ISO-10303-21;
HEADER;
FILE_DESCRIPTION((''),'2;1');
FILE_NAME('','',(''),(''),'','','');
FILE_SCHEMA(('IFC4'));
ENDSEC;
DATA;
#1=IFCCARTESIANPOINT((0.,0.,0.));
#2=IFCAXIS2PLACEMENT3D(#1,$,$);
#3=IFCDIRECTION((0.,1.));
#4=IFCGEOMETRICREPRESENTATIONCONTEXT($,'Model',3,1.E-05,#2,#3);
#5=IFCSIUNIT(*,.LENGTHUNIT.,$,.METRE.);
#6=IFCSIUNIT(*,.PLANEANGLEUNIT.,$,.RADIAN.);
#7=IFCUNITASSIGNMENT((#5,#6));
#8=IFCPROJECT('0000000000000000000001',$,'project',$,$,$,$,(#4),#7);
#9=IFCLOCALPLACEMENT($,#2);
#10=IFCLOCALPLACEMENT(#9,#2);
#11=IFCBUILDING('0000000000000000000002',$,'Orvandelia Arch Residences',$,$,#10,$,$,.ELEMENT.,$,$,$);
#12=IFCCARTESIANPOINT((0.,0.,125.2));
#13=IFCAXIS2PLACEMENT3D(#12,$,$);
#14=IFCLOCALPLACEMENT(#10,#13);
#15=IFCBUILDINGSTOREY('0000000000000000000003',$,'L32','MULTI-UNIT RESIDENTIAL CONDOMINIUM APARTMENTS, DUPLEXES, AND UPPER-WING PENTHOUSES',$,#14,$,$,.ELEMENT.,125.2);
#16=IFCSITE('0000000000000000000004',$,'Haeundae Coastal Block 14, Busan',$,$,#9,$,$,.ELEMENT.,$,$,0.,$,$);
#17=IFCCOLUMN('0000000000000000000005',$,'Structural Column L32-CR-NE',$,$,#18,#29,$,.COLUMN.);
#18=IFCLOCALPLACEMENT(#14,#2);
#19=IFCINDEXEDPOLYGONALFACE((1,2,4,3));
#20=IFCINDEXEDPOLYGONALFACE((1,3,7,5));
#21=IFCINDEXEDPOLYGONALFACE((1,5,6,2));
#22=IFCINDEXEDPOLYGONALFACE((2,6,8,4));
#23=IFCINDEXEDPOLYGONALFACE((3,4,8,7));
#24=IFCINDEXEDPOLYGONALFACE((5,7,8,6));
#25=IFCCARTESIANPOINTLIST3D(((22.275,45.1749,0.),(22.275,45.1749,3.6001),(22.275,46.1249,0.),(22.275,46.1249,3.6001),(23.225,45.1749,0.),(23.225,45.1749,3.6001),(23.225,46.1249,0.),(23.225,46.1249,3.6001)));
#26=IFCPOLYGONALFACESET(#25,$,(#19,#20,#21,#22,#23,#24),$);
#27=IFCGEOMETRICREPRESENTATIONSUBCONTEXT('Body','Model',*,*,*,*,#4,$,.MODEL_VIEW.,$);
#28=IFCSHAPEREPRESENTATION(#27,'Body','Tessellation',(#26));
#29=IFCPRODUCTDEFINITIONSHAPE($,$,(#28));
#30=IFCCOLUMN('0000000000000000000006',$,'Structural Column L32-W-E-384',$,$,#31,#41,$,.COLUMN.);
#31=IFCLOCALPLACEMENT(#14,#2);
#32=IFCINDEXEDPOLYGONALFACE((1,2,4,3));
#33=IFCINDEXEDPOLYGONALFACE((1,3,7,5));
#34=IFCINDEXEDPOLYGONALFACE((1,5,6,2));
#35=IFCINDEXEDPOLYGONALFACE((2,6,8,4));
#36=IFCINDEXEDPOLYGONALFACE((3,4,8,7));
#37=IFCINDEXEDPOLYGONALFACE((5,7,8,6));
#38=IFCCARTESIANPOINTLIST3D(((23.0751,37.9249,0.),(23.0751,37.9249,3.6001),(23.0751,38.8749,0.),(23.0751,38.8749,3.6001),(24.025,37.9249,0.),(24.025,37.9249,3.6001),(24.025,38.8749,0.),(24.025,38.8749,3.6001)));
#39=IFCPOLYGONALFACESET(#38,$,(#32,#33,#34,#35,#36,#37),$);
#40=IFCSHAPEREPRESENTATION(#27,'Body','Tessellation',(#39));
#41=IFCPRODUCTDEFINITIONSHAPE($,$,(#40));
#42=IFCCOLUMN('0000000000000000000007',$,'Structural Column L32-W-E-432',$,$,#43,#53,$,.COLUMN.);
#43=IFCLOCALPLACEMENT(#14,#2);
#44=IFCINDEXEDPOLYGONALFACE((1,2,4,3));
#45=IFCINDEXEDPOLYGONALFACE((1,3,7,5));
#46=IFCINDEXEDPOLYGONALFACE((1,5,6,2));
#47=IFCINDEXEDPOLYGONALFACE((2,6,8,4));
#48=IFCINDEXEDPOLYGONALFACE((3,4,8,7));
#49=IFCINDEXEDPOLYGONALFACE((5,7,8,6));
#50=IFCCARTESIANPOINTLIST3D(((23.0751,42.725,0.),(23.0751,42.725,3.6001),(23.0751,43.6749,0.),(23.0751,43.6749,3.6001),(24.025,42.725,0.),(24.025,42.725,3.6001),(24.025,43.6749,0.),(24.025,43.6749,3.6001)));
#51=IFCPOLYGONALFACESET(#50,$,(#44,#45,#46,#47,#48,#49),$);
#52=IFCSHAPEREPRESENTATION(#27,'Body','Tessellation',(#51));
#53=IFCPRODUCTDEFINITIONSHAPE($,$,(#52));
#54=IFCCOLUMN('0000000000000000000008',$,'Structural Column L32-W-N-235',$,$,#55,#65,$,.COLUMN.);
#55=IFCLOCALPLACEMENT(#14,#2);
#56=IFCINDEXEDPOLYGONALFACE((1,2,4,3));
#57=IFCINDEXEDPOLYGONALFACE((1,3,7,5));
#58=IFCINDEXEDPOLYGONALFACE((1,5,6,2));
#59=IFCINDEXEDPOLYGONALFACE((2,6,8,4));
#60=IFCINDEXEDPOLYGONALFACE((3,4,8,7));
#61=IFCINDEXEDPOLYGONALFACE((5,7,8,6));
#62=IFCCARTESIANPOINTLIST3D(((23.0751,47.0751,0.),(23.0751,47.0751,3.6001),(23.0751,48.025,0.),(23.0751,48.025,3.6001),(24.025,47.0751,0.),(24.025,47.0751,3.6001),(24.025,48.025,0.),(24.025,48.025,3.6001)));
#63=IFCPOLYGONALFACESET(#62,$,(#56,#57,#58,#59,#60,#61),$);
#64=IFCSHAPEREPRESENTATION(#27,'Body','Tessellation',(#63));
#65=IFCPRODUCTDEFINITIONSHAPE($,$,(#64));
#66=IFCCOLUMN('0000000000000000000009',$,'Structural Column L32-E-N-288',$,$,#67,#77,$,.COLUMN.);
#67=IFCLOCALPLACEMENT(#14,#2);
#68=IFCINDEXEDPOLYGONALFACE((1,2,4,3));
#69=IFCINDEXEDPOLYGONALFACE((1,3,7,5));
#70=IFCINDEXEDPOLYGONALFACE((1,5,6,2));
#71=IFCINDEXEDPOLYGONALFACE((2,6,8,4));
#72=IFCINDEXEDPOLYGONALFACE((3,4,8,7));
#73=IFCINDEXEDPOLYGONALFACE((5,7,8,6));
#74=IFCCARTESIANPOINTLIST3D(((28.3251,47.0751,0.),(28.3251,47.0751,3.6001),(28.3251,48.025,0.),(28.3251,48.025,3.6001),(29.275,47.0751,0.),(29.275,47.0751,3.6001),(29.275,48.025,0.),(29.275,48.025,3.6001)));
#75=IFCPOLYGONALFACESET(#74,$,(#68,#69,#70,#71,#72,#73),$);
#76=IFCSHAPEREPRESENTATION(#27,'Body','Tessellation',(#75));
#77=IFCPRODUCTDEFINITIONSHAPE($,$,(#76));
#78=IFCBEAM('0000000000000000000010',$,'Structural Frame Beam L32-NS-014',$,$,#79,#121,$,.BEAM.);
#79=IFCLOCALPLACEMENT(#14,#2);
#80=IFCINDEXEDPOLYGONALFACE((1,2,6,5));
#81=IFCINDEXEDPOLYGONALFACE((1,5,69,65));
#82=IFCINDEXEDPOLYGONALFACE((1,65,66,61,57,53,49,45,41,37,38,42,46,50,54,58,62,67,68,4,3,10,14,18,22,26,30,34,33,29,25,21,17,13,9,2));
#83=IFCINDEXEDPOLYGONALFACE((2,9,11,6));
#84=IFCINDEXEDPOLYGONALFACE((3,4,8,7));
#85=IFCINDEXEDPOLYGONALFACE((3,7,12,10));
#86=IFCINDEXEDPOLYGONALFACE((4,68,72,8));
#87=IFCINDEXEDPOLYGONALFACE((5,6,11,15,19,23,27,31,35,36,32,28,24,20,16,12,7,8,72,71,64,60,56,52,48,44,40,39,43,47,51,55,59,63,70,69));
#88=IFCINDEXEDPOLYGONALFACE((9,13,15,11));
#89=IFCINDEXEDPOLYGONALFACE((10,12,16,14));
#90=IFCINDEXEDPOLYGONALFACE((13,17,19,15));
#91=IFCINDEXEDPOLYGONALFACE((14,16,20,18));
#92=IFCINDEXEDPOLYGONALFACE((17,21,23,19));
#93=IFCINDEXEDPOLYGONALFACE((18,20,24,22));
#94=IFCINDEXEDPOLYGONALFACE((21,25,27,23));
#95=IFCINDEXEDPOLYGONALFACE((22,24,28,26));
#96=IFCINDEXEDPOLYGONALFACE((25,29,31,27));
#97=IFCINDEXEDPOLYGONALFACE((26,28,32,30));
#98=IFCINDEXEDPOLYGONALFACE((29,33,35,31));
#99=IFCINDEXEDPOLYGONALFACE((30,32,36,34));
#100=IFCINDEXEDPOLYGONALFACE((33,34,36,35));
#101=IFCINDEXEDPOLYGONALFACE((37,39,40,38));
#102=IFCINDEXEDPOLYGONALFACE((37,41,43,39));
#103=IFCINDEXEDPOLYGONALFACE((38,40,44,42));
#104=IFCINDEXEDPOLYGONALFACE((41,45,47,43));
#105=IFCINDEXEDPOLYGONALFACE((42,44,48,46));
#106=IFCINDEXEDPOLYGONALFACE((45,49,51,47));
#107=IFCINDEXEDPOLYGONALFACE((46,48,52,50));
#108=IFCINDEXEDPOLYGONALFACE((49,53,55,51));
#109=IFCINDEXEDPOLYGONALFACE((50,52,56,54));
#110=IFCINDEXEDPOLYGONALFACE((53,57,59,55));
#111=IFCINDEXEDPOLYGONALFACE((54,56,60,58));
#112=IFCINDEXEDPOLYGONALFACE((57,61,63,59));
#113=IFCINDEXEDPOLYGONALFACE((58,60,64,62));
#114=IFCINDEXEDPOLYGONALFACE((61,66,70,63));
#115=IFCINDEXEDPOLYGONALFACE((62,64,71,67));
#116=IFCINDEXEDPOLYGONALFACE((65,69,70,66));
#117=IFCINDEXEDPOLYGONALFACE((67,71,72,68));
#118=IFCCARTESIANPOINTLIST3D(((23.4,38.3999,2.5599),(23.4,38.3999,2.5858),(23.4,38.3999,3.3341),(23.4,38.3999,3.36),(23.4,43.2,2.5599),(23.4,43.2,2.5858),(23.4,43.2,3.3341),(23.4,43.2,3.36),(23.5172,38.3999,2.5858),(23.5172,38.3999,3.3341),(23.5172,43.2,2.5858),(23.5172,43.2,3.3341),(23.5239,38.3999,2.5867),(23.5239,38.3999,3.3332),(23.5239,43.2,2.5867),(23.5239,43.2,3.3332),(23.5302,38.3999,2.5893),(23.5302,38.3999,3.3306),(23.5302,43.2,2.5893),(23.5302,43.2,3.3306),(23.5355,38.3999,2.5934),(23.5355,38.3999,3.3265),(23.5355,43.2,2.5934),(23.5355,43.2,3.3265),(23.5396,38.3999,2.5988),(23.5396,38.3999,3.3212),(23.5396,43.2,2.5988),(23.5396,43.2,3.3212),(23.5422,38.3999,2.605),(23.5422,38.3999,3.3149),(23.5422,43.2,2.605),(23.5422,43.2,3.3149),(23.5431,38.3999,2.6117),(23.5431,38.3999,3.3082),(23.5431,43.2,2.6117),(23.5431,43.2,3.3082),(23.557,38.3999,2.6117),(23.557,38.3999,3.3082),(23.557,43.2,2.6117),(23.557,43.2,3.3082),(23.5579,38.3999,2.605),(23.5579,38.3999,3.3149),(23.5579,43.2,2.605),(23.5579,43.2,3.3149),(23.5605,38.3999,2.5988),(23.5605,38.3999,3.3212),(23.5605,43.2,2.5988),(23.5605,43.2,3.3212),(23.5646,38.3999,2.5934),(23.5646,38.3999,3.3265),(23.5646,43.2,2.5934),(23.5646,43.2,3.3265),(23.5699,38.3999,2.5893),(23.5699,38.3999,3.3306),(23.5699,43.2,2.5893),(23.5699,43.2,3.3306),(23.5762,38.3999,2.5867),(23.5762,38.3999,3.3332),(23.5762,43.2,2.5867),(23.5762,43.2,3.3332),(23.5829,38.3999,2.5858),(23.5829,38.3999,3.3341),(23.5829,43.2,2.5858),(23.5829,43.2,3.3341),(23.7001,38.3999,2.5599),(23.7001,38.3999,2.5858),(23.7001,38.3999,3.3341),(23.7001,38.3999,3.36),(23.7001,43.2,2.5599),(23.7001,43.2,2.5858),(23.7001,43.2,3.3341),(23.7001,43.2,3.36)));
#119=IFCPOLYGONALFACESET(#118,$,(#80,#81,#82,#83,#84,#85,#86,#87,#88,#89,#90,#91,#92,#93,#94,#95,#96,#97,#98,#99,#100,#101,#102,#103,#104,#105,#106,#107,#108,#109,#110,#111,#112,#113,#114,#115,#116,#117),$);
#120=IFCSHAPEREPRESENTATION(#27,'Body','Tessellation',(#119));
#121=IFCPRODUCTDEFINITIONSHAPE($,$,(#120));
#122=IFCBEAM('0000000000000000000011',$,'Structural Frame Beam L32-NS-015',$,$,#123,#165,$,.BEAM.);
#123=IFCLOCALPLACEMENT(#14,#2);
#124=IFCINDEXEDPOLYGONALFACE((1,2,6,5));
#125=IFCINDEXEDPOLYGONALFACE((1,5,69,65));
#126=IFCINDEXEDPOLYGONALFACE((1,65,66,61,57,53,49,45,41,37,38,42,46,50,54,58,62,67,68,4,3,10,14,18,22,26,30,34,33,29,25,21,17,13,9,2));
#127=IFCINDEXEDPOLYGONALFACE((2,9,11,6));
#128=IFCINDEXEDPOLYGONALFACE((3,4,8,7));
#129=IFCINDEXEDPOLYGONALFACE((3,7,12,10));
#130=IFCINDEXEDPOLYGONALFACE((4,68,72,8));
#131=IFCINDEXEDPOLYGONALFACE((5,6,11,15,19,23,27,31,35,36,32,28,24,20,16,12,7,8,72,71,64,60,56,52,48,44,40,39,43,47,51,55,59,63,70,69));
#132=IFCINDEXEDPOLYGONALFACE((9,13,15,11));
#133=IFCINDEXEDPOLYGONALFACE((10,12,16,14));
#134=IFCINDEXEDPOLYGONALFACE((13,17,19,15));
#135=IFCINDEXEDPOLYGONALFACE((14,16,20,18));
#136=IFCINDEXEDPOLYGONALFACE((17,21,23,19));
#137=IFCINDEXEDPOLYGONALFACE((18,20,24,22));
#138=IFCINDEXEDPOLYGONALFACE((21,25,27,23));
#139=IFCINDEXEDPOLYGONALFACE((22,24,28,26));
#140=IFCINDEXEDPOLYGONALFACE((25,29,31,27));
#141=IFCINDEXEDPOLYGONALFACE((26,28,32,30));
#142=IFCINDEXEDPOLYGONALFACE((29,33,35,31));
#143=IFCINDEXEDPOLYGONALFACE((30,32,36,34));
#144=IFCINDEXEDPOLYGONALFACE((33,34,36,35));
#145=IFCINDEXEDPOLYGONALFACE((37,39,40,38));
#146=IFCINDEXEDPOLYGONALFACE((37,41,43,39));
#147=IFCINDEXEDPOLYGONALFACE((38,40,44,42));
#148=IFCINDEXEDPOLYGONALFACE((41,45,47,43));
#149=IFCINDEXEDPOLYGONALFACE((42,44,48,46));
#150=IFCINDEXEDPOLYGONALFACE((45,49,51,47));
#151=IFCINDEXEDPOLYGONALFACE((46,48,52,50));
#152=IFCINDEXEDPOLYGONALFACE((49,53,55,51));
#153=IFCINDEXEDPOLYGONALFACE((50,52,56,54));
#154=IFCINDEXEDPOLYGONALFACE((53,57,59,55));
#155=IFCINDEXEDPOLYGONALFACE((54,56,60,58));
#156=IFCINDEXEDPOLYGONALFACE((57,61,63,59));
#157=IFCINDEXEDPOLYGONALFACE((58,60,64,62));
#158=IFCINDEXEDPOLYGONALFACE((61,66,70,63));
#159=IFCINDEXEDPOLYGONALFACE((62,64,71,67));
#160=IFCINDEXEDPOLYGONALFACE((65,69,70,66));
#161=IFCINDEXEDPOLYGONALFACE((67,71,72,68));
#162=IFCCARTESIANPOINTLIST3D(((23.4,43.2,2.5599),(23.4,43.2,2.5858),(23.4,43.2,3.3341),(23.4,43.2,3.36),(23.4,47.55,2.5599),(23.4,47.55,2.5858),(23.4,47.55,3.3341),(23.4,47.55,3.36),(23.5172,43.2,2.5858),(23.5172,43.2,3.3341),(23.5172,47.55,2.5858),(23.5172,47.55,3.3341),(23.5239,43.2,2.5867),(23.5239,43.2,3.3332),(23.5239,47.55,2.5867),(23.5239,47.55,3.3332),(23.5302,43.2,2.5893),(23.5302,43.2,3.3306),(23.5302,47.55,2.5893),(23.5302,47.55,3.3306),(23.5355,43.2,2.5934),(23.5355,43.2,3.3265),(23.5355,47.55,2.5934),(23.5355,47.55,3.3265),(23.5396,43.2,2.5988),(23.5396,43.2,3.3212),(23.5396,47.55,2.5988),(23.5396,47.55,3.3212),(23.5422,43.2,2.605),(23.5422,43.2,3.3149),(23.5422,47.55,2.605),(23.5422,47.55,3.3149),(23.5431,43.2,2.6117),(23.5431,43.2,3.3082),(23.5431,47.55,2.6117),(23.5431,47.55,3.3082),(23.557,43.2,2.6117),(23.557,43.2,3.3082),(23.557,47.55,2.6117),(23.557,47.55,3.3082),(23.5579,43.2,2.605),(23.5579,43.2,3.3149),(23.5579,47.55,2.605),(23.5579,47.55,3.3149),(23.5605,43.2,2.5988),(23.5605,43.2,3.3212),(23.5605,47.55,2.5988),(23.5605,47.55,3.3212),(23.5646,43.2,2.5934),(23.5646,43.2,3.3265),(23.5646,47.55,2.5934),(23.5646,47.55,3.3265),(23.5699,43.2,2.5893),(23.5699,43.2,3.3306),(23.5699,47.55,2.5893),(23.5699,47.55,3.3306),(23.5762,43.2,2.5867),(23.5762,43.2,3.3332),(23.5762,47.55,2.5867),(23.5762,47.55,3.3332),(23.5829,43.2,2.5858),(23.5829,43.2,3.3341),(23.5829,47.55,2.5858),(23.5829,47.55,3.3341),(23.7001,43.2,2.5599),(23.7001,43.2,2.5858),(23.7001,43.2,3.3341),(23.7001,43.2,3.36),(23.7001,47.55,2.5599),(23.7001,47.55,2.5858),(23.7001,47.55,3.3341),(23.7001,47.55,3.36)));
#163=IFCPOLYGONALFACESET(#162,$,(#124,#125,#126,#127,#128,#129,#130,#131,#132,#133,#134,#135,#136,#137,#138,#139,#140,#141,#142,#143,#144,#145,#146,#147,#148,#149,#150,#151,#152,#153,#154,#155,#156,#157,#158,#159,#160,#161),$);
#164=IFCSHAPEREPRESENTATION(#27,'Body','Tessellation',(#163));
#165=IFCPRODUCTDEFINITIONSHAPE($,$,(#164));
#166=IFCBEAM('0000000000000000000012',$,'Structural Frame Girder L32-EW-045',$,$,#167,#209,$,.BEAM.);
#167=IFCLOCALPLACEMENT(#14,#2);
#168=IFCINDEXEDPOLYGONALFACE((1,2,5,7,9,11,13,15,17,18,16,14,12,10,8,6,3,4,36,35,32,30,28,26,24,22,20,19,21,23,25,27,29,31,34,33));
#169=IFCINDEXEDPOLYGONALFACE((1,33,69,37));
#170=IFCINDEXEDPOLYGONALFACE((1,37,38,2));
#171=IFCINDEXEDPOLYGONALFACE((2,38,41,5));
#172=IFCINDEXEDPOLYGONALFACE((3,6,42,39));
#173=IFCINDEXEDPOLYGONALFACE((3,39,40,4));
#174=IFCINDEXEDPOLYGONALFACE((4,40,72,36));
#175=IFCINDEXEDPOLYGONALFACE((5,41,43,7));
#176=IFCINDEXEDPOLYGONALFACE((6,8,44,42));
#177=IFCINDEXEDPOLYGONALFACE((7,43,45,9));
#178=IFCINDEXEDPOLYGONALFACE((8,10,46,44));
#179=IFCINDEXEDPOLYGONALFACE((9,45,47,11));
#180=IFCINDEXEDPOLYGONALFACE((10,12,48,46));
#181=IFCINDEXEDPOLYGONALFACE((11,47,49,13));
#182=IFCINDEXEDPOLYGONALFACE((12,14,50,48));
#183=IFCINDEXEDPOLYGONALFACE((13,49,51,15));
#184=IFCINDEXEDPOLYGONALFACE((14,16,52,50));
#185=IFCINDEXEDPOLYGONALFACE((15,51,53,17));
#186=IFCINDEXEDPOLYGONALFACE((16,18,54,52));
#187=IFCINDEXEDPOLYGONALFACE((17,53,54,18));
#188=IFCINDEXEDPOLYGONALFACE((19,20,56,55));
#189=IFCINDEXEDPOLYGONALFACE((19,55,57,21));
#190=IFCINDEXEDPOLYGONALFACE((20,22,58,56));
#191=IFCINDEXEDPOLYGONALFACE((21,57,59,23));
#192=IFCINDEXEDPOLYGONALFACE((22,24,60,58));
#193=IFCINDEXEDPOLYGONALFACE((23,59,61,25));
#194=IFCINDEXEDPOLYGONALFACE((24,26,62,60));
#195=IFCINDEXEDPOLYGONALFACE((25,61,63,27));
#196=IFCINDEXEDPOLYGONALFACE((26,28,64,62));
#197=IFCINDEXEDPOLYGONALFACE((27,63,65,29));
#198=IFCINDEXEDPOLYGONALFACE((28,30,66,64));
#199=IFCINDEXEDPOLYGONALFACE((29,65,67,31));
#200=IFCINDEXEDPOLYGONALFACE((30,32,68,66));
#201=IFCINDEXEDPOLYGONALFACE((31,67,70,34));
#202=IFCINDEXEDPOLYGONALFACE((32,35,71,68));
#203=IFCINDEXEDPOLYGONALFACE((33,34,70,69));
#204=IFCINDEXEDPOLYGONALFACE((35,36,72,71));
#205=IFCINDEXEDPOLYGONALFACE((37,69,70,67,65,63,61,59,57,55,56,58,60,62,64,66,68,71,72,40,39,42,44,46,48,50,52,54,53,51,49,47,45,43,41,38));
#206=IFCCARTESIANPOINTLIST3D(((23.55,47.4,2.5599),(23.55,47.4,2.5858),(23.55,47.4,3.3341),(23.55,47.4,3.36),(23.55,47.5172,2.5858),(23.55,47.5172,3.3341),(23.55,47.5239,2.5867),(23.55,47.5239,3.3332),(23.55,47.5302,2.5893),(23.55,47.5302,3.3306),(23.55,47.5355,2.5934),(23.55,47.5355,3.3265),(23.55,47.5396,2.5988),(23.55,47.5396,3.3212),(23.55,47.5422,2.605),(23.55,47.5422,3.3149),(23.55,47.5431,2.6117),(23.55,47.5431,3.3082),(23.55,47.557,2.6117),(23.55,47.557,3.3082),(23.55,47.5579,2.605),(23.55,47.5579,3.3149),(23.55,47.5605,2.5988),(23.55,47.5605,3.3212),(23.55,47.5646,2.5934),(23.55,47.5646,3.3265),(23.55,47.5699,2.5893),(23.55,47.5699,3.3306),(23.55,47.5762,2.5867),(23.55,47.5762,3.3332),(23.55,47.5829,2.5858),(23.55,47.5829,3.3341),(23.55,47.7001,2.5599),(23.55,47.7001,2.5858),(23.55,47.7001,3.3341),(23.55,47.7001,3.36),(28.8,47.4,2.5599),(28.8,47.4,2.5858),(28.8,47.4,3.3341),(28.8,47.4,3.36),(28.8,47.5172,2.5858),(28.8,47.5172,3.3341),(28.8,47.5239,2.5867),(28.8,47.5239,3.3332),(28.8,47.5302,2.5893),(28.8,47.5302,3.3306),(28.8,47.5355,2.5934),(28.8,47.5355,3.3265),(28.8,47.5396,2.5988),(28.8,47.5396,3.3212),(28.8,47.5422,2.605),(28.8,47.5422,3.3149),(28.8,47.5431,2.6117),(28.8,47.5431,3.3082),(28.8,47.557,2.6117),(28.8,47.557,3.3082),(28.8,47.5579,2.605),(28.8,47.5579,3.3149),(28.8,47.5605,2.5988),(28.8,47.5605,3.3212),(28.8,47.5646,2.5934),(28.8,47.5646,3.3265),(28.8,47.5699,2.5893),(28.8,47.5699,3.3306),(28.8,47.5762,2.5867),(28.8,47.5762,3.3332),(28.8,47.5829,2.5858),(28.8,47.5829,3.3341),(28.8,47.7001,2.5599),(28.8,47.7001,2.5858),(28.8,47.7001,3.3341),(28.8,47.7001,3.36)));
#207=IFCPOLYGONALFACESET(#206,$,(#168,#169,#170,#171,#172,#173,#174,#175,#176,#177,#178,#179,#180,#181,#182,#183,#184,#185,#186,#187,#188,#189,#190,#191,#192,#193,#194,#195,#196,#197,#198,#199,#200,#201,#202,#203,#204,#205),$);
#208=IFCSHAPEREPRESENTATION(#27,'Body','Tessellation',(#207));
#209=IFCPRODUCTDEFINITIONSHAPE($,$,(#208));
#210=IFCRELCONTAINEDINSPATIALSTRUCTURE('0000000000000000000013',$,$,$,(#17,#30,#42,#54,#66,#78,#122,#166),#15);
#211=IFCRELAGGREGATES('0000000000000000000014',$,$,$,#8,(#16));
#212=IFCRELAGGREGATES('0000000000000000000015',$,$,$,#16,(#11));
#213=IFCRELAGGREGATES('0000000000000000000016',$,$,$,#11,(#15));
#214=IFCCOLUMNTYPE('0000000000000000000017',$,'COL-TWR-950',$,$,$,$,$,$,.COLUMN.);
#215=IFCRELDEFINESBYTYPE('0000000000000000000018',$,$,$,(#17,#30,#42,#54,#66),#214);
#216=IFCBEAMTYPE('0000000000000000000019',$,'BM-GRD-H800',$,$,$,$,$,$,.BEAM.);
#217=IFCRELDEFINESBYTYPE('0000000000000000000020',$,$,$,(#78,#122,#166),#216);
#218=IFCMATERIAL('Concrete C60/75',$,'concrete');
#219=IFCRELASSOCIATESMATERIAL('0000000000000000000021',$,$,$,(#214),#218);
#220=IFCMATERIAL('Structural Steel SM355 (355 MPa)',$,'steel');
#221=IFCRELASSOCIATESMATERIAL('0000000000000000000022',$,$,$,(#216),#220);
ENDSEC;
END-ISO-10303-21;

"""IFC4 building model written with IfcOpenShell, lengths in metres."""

from ifc_helpers import new_model, si_unit, direction, frame, origin, origin_2d, place, context, subcontext, project, spatial, rectangle, i_section, extrude, material, material_profile, profile_set, type_object, element, save


model = new_model("IFC4")

# Units and contexts
model_context = context("Model", 3, precision=1e-05, world=origin(), true_north=direction((0.0, 1.0)))
body_context = subcontext(model_context, "Body", "Model", "MODEL_VIEW")
ifc_project = project(units=[si_unit("LENGTHUNIT", "METRE"), si_unit("PLANEANGLEUNIT", "RADIAN")], contexts=[model_context])

# Site, building, storey
site_placement = place(None, origin())
site = spatial("IfcSite", under=ifc_project, at=site_placement, Name="Haeundae Coastal Block 14, Busan", CompositionType="ELEMENT", RefElevation=0.0)
building_placement = place(site_placement, origin())
building = spatial("IfcBuilding", under=site, at=building_placement, Name="Orvandelia Arch Residences", CompositionType="ELEMENT")
storey_placement = place(building_placement, frame((0.0, 0.0, 125.2)))
storey = spatial("IfcBuildingStorey", under=building, at=storey_placement, Name="L32", Description="MULTI-UNIT RESIDENTIAL CONDOMINIUM APARTMENTS, DUPLEXES, AND UPPER-WING PENTHOUSES", CompositionType="ELEMENT", Elevation=125.2)

# Columns
ifc_material_1 = material(Name="Concrete C60/75", Category="concrete")
ifc_material_profile_1 = material_profile(ifc_material_1, rectangle(XDim=0.95, YDim=0.95, at=origin_2d()), Name="Concrete C60/75", Category="concrete")
ifc_profile_set_1 = profile_set([ifc_material_profile_1], Name="Concrete C60/75")
column_type = type_object("IfcColumnType", Name="COL-TWR-950", PredefinedType="COLUMN", material=ifc_profile_set_1)
for number, where, z_axis, x_axis, name in (
    (1, (22.75, 45.6499, 0.0), (0.0, 0.0, 1.0), (1.0, 0.0, 0.0), "Structural Column L32-CR-NE"),
    (2, (23.55, 38.3999, 0.0), (0.0, 0.0, 1.0), (1.0, 0.0, 0.0), "Structural Column L32-W-E-384"),
    (3, (23.55, 43.2, 0.0), (0.0, 0.0, 1.0), (1.0, 0.0, 0.0), "Structural Column L32-W-E-432"),
    (4, (23.55, 47.55, 0.0), (0.0, 0.0, 1.0), (1.0, 0.0, 0.0), "Structural Column L32-W-N-235"),
    (5, (28.8, 47.55, 0.0), (0.0, 0.0, 1.0), (1.0, 0.0, 0.0), "Structural Column L32-E-N-288"),
):
    element("IfcColumn", number, at=place(storey_placement, frame(where, z_axis=z_axis, x_axis=x_axis)), inside=storey, type_object=column_type, Name=name, PredefinedType="COLUMN", context=body_context, shape_type="SweptSolid", body=[
        extrude(rectangle(XDim=0.95, YDim=0.95, at=origin_2d()), origin(), (0.0, 0.0, 1.0), 3.6001),
    ])

# Beams
ifc_material_2 = material(Name="Structural Steel SM355 (355 MPa)", Category="steel")
ifc_material_profile_2 = material_profile(ifc_material_2, i_section(OverallWidth=0.3, OverallDepth=0.8, WebThickness=0.0139, FlangeThickness=0.0259, FilletRadius=0.0259, at=origin_2d()), Name="Structural Steel SM355 (355 MPa)", Category="steel")
ifc_profile_set_2 = profile_set([ifc_material_profile_2], Name="Structural Steel SM355 (355 MPa)")
beam_type = type_object("IfcBeamType", Name="BM-GRD-H800", PredefinedType="BEAM", material=ifc_profile_set_2)
beam_1_placement = place(storey_placement, frame((23.55, 38.3999, 2.96), z_axis=(0.0, 1.0, 0.0), x_axis=(-1.0, 0.0, 0.0)))
element("IfcBeam", 6, at=beam_1_placement, inside=storey, type_object=beam_type, Name="Structural Frame Beam L32-NS-014", PredefinedType="BEAM", context=body_context, shape_type="SweptSolid", body=[
    extrude(i_section(OverallWidth=0.3, OverallDepth=0.8, WebThickness=0.0139, FlangeThickness=0.0259, FilletRadius=0.0259, at=origin_2d()), origin(), (0.0, 0.0, 1.0), 4.8),
])
beam_2_placement = place(storey_placement, frame((23.55, 43.2, 2.96), z_axis=(0.0, 1.0, 0.0), x_axis=(-1.0, 0.0, 0.0)))
element("IfcBeam", 7, at=beam_2_placement, inside=storey, type_object=beam_type, Name="Structural Frame Beam L32-NS-015", PredefinedType="BEAM", context=body_context, shape_type="SweptSolid", body=[
    extrude(i_section(OverallWidth=0.3, OverallDepth=0.8, WebThickness=0.0139, FlangeThickness=0.0259, FilletRadius=0.0259, at=origin_2d()), origin(), (0.0, 0.0, 1.0), 4.3501),
])
beam_3_placement = place(storey_placement, frame((23.55, 47.55, 2.96), z_axis=(1.0, 0.0, 0.0), x_axis=(0.0, 1.0, 0.0)))
element("IfcBeam", 8, at=beam_3_placement, inside=storey, type_object=beam_type, Name="Structural Frame Girder L32-EW-045", PredefinedType="BEAM", context=body_context, shape_type="SweptSolid", body=[
    extrude(i_section(OverallWidth=0.3, OverallDepth=0.8, WebThickness=0.0139, FlangeThickness=0.0259, FilletRadius=0.0259, at=origin_2d()), origin(), (0.0, 0.0, 1.0), 5.25),
])

save(model, "model.ifc")
